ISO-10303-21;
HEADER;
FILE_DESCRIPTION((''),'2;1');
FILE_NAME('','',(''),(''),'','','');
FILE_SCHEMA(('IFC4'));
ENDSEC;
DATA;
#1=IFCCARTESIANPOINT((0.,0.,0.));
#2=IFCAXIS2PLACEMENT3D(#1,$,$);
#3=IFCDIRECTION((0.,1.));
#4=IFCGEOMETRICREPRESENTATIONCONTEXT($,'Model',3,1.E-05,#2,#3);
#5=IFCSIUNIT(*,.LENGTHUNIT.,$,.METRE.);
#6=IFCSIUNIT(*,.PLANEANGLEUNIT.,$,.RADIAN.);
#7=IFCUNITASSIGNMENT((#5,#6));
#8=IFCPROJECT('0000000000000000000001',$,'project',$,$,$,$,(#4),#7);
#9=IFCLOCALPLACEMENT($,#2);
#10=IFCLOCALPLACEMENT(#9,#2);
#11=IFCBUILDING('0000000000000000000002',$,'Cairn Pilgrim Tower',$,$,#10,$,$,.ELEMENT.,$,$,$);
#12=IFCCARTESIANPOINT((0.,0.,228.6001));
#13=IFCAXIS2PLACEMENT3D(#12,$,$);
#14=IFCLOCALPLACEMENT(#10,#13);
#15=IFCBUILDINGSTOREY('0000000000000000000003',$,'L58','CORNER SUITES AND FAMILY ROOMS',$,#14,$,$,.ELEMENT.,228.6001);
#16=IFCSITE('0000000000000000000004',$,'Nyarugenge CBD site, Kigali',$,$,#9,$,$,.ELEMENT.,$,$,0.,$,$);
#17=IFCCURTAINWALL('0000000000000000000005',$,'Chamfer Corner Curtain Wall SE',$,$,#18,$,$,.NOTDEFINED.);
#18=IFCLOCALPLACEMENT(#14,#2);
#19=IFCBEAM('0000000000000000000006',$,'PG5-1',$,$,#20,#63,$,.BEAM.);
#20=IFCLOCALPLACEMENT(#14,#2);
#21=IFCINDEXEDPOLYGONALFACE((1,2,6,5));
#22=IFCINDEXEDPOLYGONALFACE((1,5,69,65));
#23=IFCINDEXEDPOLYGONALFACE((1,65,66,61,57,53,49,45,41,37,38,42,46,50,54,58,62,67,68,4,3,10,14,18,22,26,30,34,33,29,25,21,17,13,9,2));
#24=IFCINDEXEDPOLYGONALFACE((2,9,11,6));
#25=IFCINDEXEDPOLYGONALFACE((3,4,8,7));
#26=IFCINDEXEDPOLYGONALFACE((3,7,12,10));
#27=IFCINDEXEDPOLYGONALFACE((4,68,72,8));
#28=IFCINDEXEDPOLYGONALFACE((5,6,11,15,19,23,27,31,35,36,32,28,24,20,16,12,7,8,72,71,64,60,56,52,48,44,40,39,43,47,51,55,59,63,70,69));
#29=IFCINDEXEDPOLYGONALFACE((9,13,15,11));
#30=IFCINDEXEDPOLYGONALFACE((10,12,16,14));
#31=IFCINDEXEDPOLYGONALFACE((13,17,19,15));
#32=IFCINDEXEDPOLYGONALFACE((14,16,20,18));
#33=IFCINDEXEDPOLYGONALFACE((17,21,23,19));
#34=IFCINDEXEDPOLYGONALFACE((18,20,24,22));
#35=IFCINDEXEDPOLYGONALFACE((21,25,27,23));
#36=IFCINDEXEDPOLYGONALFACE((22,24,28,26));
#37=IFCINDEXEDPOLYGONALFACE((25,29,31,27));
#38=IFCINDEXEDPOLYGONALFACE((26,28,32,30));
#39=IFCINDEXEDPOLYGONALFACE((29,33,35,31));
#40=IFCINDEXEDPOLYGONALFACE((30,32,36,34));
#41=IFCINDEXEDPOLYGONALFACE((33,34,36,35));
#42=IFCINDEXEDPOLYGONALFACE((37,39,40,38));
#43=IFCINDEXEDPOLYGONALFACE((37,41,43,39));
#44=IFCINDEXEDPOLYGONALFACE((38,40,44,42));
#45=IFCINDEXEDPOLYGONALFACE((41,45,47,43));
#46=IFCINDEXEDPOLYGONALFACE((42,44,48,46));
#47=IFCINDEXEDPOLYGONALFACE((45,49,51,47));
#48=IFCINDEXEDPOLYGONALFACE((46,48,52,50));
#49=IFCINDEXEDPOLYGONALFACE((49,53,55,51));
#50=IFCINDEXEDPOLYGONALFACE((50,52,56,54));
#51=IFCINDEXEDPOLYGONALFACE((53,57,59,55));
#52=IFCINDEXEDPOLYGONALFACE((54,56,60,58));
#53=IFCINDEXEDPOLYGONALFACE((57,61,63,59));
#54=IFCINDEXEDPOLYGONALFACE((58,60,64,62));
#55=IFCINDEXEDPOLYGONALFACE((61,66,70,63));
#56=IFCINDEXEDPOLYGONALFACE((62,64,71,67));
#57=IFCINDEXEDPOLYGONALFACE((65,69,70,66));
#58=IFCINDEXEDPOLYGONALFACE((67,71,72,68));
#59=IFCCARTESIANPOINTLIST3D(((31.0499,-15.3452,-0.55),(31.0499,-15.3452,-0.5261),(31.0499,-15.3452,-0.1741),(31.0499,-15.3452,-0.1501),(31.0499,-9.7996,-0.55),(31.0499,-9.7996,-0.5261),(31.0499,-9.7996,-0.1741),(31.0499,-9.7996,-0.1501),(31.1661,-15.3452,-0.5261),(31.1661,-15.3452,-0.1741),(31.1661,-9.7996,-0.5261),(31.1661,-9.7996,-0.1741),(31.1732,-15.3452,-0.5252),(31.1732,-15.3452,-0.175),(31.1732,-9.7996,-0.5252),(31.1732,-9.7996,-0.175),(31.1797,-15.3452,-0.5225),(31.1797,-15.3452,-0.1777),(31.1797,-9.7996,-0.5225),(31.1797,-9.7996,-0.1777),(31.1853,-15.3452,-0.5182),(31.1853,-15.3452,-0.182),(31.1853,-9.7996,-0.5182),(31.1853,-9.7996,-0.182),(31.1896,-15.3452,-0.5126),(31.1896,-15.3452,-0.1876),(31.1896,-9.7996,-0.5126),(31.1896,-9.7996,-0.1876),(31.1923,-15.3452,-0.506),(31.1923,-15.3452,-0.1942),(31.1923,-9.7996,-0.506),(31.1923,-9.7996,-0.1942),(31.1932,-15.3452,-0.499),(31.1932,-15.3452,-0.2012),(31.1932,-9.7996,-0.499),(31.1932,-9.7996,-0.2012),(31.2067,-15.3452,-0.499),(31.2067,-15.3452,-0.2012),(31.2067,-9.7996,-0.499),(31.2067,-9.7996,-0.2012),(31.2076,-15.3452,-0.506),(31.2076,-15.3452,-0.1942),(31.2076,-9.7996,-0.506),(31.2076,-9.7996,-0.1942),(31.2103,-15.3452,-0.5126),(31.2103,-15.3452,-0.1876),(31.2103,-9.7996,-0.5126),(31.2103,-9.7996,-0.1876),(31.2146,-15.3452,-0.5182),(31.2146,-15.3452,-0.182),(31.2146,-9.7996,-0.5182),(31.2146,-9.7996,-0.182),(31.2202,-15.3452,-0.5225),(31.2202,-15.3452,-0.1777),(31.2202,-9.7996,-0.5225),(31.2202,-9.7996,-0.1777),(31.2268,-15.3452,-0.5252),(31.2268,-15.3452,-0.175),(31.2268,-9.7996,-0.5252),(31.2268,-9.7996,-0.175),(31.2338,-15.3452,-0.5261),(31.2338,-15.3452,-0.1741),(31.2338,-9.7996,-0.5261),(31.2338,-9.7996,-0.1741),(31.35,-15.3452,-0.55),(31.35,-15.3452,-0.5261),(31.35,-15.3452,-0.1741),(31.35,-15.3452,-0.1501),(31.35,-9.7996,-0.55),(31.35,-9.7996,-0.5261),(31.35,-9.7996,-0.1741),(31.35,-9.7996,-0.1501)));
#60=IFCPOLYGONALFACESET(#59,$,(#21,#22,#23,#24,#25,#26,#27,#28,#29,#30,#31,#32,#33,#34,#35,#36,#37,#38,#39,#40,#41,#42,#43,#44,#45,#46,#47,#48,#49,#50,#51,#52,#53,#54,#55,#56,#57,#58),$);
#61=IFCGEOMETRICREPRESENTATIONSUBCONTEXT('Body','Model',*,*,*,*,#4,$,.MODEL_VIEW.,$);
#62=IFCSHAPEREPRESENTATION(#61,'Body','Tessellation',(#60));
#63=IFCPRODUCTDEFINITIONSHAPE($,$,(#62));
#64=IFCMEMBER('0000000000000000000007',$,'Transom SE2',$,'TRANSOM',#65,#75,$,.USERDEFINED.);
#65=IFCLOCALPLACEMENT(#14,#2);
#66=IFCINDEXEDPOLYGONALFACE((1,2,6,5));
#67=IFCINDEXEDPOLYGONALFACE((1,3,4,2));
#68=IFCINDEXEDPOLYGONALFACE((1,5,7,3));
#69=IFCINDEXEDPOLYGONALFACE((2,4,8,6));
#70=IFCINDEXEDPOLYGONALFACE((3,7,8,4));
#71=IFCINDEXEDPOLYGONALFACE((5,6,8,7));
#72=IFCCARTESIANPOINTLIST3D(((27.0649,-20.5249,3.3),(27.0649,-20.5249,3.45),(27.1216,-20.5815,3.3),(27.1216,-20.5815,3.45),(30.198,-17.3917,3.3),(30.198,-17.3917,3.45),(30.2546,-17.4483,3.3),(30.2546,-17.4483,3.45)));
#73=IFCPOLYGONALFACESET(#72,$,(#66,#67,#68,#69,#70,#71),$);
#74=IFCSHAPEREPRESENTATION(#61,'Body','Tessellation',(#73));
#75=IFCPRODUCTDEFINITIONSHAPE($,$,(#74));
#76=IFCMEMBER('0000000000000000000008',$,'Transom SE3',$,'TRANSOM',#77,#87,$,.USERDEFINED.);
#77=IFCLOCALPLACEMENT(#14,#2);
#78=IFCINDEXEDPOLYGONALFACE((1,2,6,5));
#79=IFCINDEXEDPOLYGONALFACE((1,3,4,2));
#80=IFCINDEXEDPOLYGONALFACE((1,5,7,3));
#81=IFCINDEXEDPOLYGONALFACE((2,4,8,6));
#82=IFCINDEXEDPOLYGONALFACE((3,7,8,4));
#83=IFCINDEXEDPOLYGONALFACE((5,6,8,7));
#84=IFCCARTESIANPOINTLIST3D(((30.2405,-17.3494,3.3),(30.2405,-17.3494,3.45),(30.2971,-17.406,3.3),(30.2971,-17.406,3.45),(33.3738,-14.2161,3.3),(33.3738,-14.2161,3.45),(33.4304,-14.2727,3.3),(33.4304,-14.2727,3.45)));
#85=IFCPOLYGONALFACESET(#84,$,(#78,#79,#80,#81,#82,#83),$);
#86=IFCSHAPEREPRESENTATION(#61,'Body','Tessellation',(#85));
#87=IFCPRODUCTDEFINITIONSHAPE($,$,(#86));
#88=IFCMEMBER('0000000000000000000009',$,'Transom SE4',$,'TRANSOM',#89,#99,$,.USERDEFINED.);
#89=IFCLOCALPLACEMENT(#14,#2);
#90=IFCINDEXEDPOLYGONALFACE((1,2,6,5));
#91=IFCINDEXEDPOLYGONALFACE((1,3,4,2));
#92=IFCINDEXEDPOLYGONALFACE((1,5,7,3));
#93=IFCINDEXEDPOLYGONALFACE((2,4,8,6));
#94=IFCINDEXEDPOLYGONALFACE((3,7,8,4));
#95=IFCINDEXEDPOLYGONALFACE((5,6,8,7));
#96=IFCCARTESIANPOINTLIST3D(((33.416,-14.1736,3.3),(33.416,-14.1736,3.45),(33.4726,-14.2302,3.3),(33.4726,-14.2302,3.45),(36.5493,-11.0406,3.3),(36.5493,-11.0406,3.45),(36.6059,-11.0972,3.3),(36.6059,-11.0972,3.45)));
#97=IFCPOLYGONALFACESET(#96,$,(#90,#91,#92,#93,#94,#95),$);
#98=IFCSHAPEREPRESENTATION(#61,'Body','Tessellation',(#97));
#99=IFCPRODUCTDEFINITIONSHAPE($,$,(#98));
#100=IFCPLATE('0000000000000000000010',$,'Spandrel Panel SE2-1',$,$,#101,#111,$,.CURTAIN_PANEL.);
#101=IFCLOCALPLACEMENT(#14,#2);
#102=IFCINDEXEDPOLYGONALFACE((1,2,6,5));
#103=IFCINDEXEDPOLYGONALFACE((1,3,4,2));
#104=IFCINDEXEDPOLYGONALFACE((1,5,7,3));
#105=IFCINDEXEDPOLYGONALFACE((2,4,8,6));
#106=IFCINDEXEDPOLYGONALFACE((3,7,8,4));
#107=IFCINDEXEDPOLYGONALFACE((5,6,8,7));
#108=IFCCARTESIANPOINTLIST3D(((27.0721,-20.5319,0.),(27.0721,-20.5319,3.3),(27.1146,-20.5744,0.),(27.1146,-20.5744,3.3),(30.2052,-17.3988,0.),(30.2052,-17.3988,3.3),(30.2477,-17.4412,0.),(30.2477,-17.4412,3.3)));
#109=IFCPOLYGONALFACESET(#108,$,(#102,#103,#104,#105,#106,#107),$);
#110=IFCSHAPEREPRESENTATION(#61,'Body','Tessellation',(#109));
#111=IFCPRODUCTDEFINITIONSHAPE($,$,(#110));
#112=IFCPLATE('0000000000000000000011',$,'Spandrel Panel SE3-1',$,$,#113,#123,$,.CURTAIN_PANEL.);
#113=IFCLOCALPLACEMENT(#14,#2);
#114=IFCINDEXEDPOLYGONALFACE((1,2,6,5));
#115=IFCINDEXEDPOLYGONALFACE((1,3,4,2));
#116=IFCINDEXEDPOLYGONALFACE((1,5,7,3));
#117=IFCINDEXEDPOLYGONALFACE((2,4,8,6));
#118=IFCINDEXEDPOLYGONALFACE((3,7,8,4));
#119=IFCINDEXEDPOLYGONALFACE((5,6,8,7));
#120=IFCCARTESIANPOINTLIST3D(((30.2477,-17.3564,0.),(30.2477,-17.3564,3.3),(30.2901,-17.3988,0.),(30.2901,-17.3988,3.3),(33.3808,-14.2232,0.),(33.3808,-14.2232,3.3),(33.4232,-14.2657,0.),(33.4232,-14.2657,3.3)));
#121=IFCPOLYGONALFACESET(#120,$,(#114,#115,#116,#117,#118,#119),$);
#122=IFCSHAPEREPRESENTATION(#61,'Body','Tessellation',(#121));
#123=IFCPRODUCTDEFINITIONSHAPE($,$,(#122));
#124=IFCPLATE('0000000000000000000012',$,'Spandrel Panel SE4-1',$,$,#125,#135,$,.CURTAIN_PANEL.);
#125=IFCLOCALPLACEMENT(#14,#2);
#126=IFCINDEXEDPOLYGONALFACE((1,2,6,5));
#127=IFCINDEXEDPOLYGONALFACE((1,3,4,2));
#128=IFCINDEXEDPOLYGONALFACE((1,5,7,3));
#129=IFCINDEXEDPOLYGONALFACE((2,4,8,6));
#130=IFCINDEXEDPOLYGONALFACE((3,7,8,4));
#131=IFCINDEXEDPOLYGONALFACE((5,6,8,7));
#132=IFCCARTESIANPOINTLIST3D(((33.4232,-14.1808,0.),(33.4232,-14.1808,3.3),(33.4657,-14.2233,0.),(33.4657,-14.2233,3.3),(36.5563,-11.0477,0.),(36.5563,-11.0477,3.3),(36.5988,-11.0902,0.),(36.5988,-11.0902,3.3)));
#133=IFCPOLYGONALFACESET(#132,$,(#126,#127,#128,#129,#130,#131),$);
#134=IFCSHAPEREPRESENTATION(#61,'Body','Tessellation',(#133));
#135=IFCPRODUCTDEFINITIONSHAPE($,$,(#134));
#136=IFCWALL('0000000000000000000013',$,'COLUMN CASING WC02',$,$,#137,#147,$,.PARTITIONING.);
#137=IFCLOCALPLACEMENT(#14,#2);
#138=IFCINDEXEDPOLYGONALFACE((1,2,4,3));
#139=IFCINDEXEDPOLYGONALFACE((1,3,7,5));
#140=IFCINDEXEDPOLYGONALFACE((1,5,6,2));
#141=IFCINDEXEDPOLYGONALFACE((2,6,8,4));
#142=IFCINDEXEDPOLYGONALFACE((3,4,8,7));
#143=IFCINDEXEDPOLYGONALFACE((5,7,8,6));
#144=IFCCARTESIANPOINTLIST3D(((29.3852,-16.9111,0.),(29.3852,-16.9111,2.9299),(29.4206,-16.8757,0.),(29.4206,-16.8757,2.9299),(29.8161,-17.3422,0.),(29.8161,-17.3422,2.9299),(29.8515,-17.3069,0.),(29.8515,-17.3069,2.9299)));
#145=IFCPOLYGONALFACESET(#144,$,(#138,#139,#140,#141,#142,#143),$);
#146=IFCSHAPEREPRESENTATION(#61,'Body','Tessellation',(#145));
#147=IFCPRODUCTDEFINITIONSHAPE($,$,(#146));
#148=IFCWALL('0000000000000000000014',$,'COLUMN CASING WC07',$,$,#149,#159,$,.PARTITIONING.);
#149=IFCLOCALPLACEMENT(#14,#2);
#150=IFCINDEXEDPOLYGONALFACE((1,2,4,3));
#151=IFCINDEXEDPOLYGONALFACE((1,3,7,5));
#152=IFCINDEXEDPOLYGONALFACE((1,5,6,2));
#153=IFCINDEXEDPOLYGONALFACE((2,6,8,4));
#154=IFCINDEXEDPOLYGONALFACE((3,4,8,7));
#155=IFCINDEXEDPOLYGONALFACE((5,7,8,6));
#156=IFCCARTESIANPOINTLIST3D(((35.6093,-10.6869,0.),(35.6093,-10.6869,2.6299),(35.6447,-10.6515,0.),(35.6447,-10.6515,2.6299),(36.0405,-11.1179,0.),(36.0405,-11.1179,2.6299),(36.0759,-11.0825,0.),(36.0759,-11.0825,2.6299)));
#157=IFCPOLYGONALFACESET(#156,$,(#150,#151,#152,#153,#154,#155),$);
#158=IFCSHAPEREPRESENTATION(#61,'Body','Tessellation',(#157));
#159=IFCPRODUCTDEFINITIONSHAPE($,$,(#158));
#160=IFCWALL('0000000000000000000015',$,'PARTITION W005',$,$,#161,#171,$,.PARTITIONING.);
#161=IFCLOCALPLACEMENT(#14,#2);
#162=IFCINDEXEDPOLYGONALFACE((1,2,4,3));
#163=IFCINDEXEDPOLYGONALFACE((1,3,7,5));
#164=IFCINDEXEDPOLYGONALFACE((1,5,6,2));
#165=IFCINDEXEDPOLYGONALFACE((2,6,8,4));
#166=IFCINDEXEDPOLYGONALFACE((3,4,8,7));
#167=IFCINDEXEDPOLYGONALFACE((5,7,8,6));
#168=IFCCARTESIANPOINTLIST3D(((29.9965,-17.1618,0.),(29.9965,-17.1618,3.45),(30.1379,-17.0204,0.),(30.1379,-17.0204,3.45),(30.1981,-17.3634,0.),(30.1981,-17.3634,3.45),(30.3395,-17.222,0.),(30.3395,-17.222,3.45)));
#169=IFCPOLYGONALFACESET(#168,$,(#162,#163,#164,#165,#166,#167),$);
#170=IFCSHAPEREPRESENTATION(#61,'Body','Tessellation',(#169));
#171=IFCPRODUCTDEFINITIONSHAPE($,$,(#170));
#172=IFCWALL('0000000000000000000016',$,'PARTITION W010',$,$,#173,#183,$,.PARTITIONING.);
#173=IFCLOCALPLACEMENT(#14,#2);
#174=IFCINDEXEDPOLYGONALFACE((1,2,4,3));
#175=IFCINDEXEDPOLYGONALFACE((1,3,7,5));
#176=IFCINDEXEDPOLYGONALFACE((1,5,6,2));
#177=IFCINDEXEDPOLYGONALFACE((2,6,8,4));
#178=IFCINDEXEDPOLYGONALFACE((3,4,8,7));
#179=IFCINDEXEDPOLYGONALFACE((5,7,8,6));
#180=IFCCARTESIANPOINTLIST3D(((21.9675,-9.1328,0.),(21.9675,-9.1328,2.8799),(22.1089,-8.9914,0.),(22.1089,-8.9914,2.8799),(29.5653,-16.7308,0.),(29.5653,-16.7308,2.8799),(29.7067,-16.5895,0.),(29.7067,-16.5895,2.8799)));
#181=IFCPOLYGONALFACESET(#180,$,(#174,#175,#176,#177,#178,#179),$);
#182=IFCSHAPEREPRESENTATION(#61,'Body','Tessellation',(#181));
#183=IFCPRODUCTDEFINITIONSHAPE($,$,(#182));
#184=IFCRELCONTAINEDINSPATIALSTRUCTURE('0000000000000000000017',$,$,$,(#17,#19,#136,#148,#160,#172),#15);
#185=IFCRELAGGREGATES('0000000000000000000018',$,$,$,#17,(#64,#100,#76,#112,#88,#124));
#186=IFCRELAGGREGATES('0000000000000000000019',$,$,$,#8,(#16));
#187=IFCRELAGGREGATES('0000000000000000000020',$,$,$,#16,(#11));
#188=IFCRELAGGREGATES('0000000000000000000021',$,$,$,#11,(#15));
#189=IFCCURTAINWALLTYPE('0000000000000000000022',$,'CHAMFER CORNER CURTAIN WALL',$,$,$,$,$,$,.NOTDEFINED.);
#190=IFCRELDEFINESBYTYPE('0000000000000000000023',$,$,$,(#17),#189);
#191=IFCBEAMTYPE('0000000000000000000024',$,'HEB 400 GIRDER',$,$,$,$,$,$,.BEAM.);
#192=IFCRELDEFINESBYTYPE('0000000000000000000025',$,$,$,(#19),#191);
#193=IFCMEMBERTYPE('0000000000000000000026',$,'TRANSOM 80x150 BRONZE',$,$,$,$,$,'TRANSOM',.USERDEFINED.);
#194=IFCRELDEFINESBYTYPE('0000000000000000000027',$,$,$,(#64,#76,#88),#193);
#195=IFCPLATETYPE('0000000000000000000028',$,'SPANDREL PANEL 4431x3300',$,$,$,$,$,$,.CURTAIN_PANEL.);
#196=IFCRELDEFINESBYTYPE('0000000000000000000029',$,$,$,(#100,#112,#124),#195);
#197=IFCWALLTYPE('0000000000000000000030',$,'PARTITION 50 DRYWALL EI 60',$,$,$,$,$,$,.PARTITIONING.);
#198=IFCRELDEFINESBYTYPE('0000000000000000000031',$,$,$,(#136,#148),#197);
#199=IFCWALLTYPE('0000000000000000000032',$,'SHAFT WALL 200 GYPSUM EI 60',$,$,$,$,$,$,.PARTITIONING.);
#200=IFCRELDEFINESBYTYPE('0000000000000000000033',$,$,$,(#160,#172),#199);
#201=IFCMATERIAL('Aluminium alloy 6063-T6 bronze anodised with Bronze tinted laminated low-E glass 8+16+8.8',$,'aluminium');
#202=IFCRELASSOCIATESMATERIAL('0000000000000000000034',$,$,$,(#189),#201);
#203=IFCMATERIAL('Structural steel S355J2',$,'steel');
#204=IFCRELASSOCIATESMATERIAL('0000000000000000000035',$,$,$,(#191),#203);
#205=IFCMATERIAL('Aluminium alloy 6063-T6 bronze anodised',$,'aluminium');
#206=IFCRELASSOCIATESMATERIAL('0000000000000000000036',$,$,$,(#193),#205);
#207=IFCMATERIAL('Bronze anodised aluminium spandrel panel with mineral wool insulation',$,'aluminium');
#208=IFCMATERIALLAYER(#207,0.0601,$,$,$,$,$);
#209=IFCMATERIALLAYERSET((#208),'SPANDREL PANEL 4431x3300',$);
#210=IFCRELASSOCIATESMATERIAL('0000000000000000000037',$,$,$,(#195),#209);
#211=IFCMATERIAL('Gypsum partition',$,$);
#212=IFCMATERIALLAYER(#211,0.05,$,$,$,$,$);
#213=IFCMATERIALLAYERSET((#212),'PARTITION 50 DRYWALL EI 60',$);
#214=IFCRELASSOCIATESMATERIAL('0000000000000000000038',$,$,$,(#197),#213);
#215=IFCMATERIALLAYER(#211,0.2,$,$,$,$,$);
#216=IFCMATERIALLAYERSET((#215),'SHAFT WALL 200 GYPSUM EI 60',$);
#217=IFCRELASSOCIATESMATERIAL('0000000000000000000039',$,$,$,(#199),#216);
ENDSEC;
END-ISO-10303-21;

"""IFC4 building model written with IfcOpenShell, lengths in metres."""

from ifc_helpers import new_model, si_unit, direction, frame, frame_2d, origin, origin_2d, place, context, subcontext, project, spatial, rectangle, i_section, extrude, material, layer, layer_set, material_profile, profile_set, type_object, element, aggregate, save


model = new_model("IFC4")

# Units and contexts
model_context = context("Model", 3, precision=1e-05, world=origin(), true_north=direction((0.0, 1.0)))
body_context = subcontext(model_context, "Body", "Model", "MODEL_VIEW")
ifc_project = project(units=[si_unit("LENGTHUNIT", "METRE"), si_unit("PLANEANGLEUNIT", "RADIAN")], contexts=[model_context])

# Site, building, storey
site_placement = place(None, origin())
site = spatial("IfcSite", under=ifc_project, at=site_placement, Name="Nyarugenge CBD site, Kigali", CompositionType="ELEMENT", RefElevation=0.0)
building_placement = place(site_placement, origin())
building = spatial("IfcBuilding", under=site, at=building_placement, Name="Cairn Pilgrim Tower", CompositionType="ELEMENT")
storey_placement = place(building_placement, frame((0.0, 0.0, 228.6001)))
storey = spatial("IfcBuildingStorey", under=building, at=storey_placement, Name="L58", Description="CORNER SUITES AND FAMILY ROOMS", CompositionType="ELEMENT", Elevation=228.6001)

# Shared definitions
ifc_material_1 = material(Name="Structural steel S355J2", Category="steel")

# Curtain wall
ifc_material_2 = material(Name="Aluminium alloy 6063-T6 bronze anodised with Bronze tinted laminated low-E glass 8+16+8.8", Category="aluminium")
curtain_wall_type = type_object("IfcCurtainWallType", Name="CHAMFER CORNER CURTAIN WALL", PredefinedType="NOTDEFINED", material=ifc_material_2)
curtain_wall_placement = place(storey_placement, origin())
curtain_wall = element("IfcCurtainWall", 1, at=curtain_wall_placement, inside=storey, type_object=curtain_wall_type, Name="Chamfer Corner Curtain Wall SE", PredefinedType="NOTDEFINED")
ifc_material_3 = material(Name="Aluminium alloy 6063-T6 bronze anodised", Category="aluminium")

# Beam
ifc_material_profile_1 = material_profile(ifc_material_1, i_section(OverallWidth=0.3, OverallDepth=0.3999, WebThickness=0.0134, FlangeThickness=0.0239, FilletRadius=0.0271, at=origin_2d()), Name="HEB 400")
ifc_profile_set_1 = profile_set([ifc_material_profile_1], Name="Structural steel S355J2")
beam_type_1 = type_object("IfcBeamType", Name="HEB 400 GIRDER", PredefinedType="BEAM", material=ifc_profile_set_1)
beam_1_placement = place(storey_placement, frame((31.2, -15.3452, -0.3501), z_axis=(0.0, 1.0, 0.0), x_axis=(-1.0, 0.0, 0.0)))
element("IfcBeam", 2, at=beam_1_placement, inside=storey, type_object=beam_type_1, Name="PG5-1", PredefinedType="BEAM", context=body_context, shape_type="SweptSolid", body=[
    extrude(i_section(OverallWidth=0.3, OverallDepth=0.3999, WebThickness=0.0134, FlangeThickness=0.0239, FilletRadius=0.0271, at=origin_2d()), origin(), (0.0, 0.0, 1.0), 5.5457),
])

# Members
ifc_material_profile_2 = material_profile(ifc_material_3, rectangle(XDim=0.0801, YDim=0.1499, at=origin_2d()), Name="TRANSOM 80x150 BRONZE")
ifc_profile_set_2 = profile_set([ifc_material_profile_2], Name="Aluminium alloy 6063-T6 bronze anodised")
member_type_1 = type_object("IfcMemberType", Name="TRANSOM 80x150 BRONZE", ElementType="TRANSOM", PredefinedType="USERDEFINED", material=ifc_profile_set_2)
member_1_placement = place(storey_placement, frame((27.0933, -20.5532, 3.375), z_axis=(0.707079, 0.707134, 0.0), x_axis=(-0.707134, 0.707079, 0.0)))
member_1 = element("IfcMember", 3, at=member_1_placement, type_object=member_type_1, Name="Transom SE2", ObjectType="TRANSOM", PredefinedType="USERDEFINED", context=body_context, shape_type="SweptSolid", body=[
    extrude(rectangle(XDim=0.0801, YDim=0.1499, at=origin_2d()), origin(), (0.0, 0.0, 1.0), 4.4309),
])
member_2_placement = place(storey_placement, frame((30.2688, -17.3777, 3.375), z_axis=(0.707107, 0.707107, 0.0), x_axis=(-0.707107, 0.707107, 0.0)))
member_2 = element("IfcMember", 4, at=member_2_placement, type_object=member_type_1, Name="Transom SE3", ObjectType="TRANSOM", PredefinedType="USERDEFINED", context=body_context, shape_type="SweptSolid", body=[
    extrude(rectangle(XDim=0.0801, YDim=0.1499, at=origin_2d()), origin(), (0.0, 0.0, 1.0), 4.4312),
])
member_3_placement = place(storey_placement, frame((33.4443, -14.2019, 3.375), z_axis=(0.707134, 0.707079, 0.0), x_axis=(-0.707079, 0.707134, 0.0)))
member_3 = element("IfcMember", 5, at=member_3_placement, type_object=member_type_1, Name="Transom SE4", ObjectType="TRANSOM", PredefinedType="USERDEFINED", context=body_context, shape_type="SweptSolid", body=[
    extrude(rectangle(XDim=0.0801, YDim=0.1499, at=origin_2d()), origin(), (0.0, 0.0, 1.0), 4.4309),
])

# Plates
ifc_material_4 = material(Name="Bronze anodised aluminium spandrel panel with mineral wool insulation", Category="aluminium")
ifc_layer_1 = layer(ifc_material_4, 0.0601)
ifc_layer_set_1 = layer_set([ifc_layer_1], Name="SPANDREL PANEL 4431x3300")
plate_type = type_object("IfcPlateType", Name="SPANDREL PANEL 4431x3300", PredefinedType="CURTAIN_PANEL", material=ifc_layer_set_1)
plate_1_placement = place(storey_placement, frame((28.6599, -18.9866, 0.0), z_axis=(0.0, 0.0, 1.0), x_axis=(0.707107, 0.707107, 0.0)))
plate_1 = element("IfcPlate", 6, at=plate_1_placement, type_object=plate_type, Name="Spandrel Panel SE2-1", PredefinedType="CURTAIN_PANEL", context=body_context, shape_type="SweptSolid", body=[
    extrude(rectangle(XDim=4.4309, YDim=0.0601, at=origin_2d()), origin(), (0.0, 0.0, 1.0), 3.3),
])
plate_2_placement = place(storey_placement, frame((31.8354, -15.811, 0.0), z_axis=(0.0, 0.0, 1.0), x_axis=(0.707107, 0.707107, 0.0)))
plate_2 = element("IfcPlate", 7, at=plate_2_placement, type_object=plate_type, Name="Spandrel Panel SE3-1", PredefinedType="CURTAIN_PANEL", context=body_context, shape_type="SweptSolid", body=[
    extrude(rectangle(XDim=4.4309, YDim=0.0601, at=origin_2d()), origin(), (0.0, 0.0, 1.0), 3.3),
])
plate_3_placement = place(storey_placement, frame((35.011, -12.6355, 0.0), z_axis=(0.0, 0.0, 1.0), x_axis=(0.707107, 0.707107, 0.0)))
plate_3 = element("IfcPlate", 8, at=plate_3_placement, type_object=plate_type, Name="Spandrel Panel SE4-1", PredefinedType="CURTAIN_PANEL", context=body_context, shape_type="SweptSolid", body=[
    extrude(rectangle(XDim=4.4309, YDim=0.0601, at=origin_2d()), origin(), (0.0, 0.0, 1.0), 3.3),
])
aggregate(curtain_wall, [member_1, plate_1, member_2, plate_2, member_3, plate_3])

# Walls
ifc_material_5 = material(Name="Gypsum partition")
ifc_layer_2 = layer(ifc_material_5, 0.05)
ifc_layer_set_2 = layer_set([ifc_layer_2], Name="PARTITION 50 DRYWALL EI 60")
wall_type_1 = type_object("IfcWallType", Name="PARTITION 50 DRYWALL EI 60", PredefinedType="PARTITIONING", material=ifc_layer_set_2)
wall_1_placement = place(storey_placement, frame((29.8337, -17.3245, 0.0), z_axis=(0.0, 0.0, 1.0), x_axis=(-0.706906, 0.707307, 0.0)))
element("IfcWall", 9, at=wall_1_placement, inside=storey, type_object=wall_type_1, Name="COLUMN CASING WC02", PredefinedType="PARTITIONING", context=body_context, shape_type="SweptSolid", body=[
    extrude(rectangle(XDim=0.6096, YDim=0.05, at=frame_2d((0.3047, 0.0))), origin(), (0.0, 0.0, 1.0), 2.9299),
])
wall_2_placement = place(storey_placement, frame((36.0581, -11.1001, 0.0), z_axis=(0.0, 0.0, 1.0), x_axis=(-0.707307, 0.706906, 0.0)))
element("IfcWall", 10, at=wall_2_placement, inside=storey, type_object=wall_type_1, Name="COLUMN CASING WC07", PredefinedType="PARTITIONING", context=body_context, shape_type="SweptSolid", body=[
    extrude(rectangle(XDim=0.6096, YDim=0.05, at=frame_2d((0.3047, 0.0))), origin(), (0.0, 0.0, 1.0), 2.6299),
])
ifc_layer_3 = layer(ifc_material_5, 0.2)
ifc_layer_set_3 = layer_set([ifc_layer_3], Name="SHAFT WALL 200 GYPSUM EI 60")
wall_type_2 = type_object("IfcWallType", Name="SHAFT WALL 200 GYPSUM EI 60", PredefinedType="PARTITIONING", material=ifc_layer_set_3)
wall_3_placement = place(storey_placement, frame((30.2688, -17.2927, 0.0), z_axis=(0.0, 0.0, 1.0), x_axis=(-0.707107, 0.707107, 0.0)))
element("IfcWall", 11, at=wall_3_placement, inside=storey, type_object=wall_type_2, Name="PARTITION W005", PredefinedType="PARTITIONING", context=body_context, shape_type="SweptSolid", body=[
    extrude(rectangle(XDim=0.2852, YDim=0.2, at=frame_2d((0.1426, 0.0))), origin(), (0.0, 0.0, 1.0), 3.45),
])
wall_4_placement = place(storey_placement, frame((29.636, -16.6602, 0.0), z_axis=(0.0, 0.0, 1.0), x_axis=(-0.707095, 0.707118, 0.0)))
element("IfcWall", 12, at=wall_4_placement, inside=storey, type_object=wall_type_2, Name="PARTITION W010", PredefinedType="PARTITIONING", context=body_context, shape_type="SweptSolid", body=[
    extrude(rectangle(XDim=10.7451, YDim=0.2, at=frame_2d((5.3726, 0.0))), origin(), (0.0, 0.0, 1.0), 2.8799),
])

save(model, "model.ifc")
